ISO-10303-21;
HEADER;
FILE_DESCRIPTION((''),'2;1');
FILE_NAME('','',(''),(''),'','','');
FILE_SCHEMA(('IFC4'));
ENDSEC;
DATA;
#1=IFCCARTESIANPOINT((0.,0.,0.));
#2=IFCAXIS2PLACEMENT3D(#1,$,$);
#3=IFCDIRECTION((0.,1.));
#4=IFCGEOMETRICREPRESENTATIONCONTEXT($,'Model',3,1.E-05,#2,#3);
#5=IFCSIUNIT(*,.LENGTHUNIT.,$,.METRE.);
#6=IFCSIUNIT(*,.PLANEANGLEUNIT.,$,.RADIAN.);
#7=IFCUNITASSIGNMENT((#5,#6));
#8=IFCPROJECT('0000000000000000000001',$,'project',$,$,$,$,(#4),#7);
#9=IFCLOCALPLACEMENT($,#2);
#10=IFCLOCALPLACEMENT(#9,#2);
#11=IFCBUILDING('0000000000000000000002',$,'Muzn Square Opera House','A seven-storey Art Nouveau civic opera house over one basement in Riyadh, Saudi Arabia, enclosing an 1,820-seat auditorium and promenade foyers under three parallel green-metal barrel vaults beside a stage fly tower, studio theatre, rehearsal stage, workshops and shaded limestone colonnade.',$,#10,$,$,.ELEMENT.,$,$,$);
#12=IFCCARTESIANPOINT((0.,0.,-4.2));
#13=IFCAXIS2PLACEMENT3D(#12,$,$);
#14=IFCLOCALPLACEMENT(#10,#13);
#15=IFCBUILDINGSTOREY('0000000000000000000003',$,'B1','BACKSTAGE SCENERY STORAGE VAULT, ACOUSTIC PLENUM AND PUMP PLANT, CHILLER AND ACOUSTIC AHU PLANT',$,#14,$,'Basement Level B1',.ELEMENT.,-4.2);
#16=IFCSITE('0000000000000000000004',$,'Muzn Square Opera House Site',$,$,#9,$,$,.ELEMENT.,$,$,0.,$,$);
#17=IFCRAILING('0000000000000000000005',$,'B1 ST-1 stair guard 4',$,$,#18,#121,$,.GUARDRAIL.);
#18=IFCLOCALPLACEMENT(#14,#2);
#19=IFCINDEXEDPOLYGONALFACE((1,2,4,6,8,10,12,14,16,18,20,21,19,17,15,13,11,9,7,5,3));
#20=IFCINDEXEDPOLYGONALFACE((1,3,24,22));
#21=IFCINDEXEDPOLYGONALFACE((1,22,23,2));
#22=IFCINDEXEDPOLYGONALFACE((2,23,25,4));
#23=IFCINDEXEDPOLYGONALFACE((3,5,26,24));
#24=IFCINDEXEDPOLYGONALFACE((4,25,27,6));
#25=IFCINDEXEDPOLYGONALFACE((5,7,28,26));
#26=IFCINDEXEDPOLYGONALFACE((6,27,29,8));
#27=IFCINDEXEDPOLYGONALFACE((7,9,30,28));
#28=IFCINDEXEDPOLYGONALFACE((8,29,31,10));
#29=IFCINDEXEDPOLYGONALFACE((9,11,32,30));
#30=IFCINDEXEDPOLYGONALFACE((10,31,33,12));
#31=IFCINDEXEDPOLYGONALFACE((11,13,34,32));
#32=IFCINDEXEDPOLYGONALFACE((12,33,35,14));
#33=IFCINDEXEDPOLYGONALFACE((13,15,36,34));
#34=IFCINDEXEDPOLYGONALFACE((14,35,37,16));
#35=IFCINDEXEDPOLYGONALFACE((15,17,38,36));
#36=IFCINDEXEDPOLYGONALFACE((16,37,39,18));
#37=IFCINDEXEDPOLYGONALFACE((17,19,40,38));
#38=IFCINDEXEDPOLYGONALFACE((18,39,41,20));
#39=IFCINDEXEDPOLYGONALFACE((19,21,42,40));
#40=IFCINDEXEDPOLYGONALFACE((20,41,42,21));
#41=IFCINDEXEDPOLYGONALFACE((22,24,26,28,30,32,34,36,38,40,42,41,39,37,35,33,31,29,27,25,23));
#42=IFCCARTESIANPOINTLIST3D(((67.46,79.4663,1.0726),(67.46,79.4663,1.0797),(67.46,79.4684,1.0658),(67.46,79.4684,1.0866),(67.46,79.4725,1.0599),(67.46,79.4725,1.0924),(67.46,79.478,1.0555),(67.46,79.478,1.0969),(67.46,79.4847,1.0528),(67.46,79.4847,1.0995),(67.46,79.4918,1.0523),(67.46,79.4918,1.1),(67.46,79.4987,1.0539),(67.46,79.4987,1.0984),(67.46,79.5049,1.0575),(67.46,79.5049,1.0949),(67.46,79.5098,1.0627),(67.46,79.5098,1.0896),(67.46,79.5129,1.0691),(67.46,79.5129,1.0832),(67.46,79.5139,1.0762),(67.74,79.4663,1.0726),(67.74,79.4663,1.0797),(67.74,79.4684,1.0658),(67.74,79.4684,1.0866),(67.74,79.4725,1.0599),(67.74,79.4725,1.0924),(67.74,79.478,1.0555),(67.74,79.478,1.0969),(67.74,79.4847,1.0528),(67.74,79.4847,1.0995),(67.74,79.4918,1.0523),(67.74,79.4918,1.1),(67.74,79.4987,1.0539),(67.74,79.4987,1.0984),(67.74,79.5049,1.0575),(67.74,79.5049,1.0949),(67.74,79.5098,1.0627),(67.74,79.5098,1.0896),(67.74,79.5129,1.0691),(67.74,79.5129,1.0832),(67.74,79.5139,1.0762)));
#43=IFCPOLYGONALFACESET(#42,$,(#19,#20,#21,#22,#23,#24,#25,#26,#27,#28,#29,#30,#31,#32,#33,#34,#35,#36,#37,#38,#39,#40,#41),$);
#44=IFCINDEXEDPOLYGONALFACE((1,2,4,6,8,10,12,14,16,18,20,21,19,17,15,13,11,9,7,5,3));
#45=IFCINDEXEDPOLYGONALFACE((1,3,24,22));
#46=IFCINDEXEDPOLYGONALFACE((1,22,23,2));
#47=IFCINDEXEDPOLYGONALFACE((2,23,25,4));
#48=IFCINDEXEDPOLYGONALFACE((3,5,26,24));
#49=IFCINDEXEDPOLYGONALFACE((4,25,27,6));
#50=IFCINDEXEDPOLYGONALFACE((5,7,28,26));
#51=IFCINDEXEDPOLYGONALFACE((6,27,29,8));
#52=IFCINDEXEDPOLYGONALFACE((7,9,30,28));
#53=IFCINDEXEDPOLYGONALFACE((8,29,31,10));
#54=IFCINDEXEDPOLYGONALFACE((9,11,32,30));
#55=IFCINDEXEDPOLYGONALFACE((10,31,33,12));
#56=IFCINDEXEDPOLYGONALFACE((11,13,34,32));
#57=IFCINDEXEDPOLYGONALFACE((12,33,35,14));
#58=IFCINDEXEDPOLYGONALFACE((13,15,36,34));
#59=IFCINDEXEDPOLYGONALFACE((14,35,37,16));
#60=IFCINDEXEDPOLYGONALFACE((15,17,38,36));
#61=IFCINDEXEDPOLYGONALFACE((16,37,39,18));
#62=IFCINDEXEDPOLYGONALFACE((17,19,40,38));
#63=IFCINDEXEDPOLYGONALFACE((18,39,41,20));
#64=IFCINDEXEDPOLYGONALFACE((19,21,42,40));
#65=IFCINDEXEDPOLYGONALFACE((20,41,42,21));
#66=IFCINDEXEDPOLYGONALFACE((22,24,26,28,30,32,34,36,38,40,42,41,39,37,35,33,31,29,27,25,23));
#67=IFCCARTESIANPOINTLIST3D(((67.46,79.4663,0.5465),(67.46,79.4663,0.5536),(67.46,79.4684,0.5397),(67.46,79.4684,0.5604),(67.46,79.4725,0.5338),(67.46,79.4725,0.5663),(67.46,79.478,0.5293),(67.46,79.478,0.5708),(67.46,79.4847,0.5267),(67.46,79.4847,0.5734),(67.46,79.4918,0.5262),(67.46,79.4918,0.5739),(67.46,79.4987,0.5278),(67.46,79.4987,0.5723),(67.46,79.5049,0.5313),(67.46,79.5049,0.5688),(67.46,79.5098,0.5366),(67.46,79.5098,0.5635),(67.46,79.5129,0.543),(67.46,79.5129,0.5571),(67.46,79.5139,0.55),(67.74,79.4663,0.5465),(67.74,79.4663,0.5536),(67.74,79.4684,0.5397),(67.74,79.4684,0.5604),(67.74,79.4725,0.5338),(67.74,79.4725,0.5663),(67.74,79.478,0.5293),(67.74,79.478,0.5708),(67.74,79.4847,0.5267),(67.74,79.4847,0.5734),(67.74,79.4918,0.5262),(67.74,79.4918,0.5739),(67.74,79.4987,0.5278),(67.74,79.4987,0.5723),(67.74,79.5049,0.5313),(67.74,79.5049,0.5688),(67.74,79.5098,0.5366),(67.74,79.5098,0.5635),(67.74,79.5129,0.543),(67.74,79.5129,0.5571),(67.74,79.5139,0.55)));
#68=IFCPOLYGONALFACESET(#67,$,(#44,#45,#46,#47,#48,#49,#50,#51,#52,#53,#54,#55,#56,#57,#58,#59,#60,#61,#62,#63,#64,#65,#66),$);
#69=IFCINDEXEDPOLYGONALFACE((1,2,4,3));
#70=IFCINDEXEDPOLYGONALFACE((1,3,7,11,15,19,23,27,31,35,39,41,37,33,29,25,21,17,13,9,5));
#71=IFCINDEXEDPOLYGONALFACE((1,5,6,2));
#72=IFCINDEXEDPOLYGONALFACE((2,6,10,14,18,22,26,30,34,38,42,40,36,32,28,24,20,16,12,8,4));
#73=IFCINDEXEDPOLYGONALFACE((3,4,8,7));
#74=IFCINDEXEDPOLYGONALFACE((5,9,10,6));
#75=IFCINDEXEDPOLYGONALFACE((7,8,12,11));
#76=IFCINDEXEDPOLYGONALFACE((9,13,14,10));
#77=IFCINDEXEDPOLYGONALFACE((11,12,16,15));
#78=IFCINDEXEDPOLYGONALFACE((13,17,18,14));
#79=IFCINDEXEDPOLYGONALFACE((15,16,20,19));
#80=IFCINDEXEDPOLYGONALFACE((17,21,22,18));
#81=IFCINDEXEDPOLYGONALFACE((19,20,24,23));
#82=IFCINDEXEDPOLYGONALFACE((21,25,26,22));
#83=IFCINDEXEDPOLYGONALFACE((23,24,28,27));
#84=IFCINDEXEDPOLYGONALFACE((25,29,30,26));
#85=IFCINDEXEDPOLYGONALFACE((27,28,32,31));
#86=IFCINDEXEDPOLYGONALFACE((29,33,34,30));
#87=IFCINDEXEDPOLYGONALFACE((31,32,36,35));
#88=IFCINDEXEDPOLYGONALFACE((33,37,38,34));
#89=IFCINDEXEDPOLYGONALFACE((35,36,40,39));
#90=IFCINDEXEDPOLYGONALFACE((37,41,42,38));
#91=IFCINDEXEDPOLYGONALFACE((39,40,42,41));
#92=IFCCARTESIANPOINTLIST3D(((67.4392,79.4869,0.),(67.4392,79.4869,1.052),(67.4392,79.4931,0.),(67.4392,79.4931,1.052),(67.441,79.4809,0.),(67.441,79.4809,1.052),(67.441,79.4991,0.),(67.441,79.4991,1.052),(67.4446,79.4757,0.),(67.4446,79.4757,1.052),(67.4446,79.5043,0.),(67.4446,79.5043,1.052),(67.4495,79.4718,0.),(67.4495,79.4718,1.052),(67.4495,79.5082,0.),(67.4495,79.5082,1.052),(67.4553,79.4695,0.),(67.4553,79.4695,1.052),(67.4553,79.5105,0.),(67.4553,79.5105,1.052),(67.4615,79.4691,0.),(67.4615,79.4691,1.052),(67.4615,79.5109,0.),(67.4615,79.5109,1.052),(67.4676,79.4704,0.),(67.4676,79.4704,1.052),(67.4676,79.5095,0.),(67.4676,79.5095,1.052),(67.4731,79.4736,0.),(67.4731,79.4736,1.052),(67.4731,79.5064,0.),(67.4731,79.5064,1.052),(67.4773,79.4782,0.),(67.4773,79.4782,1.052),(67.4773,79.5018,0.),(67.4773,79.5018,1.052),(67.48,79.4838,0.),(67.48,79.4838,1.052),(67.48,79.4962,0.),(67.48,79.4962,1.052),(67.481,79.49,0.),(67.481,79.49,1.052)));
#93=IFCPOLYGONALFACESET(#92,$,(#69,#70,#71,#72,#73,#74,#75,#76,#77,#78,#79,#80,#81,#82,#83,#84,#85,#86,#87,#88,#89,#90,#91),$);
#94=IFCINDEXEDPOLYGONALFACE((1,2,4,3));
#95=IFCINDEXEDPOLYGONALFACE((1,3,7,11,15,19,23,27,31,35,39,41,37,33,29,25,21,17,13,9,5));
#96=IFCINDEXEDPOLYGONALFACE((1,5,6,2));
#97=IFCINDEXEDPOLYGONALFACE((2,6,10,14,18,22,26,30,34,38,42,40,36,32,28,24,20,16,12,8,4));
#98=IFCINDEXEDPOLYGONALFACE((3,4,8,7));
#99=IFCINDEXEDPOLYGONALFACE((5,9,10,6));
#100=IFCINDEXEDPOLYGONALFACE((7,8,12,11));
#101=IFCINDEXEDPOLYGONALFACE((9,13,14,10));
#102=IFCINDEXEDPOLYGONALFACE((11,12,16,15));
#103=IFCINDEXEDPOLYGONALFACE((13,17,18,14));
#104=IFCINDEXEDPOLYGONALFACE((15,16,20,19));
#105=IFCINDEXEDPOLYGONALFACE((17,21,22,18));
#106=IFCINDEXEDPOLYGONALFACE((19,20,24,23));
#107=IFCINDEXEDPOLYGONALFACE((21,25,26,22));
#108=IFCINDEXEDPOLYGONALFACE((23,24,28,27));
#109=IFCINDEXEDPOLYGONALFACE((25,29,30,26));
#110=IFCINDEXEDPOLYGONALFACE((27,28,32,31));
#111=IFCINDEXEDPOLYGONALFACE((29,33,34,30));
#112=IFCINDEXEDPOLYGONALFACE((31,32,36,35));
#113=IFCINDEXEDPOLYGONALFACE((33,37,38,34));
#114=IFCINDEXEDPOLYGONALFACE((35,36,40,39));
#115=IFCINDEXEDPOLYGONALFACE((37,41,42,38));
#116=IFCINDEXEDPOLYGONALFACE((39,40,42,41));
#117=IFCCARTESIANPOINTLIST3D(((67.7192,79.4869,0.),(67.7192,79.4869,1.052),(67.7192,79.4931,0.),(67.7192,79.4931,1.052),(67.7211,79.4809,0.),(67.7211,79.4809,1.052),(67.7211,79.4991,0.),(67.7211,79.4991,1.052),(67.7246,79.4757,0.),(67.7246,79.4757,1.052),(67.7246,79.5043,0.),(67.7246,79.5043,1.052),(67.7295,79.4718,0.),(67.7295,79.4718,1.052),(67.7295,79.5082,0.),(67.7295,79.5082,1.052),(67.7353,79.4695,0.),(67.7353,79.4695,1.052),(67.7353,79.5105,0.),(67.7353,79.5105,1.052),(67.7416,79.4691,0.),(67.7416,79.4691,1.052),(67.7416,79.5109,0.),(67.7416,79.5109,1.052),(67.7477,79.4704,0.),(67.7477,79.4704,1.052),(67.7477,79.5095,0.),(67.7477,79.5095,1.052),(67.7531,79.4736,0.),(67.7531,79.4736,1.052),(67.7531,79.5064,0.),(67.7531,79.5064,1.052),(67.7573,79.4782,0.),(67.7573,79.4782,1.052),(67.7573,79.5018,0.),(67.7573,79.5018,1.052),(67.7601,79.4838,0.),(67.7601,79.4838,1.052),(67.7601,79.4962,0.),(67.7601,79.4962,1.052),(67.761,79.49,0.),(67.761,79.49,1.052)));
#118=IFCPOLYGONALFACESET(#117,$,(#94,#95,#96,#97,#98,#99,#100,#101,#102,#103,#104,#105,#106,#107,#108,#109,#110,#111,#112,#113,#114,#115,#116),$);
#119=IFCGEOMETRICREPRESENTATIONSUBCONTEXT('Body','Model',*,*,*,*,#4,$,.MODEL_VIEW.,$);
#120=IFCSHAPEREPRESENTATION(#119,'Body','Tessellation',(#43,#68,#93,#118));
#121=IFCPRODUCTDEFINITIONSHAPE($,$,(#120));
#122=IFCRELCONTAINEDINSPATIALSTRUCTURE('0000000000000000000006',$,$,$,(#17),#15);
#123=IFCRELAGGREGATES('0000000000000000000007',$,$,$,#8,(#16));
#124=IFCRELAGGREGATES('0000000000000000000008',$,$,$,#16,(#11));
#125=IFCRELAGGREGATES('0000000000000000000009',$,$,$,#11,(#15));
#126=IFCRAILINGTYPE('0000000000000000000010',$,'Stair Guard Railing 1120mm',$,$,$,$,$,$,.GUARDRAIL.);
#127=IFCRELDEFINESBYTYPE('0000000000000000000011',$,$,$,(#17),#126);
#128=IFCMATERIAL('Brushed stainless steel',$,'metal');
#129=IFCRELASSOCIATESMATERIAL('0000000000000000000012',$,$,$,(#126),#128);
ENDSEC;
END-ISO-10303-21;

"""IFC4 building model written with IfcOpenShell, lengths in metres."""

from ifc_helpers import new_model, si_unit, direction, frame, origin, origin_2d, place, context, subcontext, project, spatial, circle, extrude, material, type_object, element, save


model = new_model("IFC4")

# Units and contexts
model_context = context("Model", 3, precision=1e-05, world=origin(), true_north=direction((0.0, 1.0)))
body_context = subcontext(model_context, "Body", "Model", "MODEL_VIEW")
ifc_project = project(units=[si_unit("LENGTHUNIT", "METRE"), si_unit("PLANEANGLEUNIT", "RADIAN")], contexts=[model_context])

# Site, building, storey
site_placement = place(None, origin())
site = spatial("IfcSite", under=ifc_project, at=site_placement, Name="Muzn Square Opera House Site", CompositionType="ELEMENT", RefElevation=0.0)
building_placement = place(site_placement, origin())
building = spatial("IfcBuilding", under=site, at=building_placement, Name="Muzn Square Opera House", Description="A seven-storey Art Nouveau civic opera house over one basement in Riyadh, Saudi Arabia, enclosing an 1,820-seat auditorium and promenade foyers under three parallel green-metal barrel vaults beside a stage fly tower, studio theatre, rehearsal stage, workshops and shaded limestone colonnade.", CompositionType="ELEMENT")
storey_placement = place(building_placement, frame((0.0, 0.0, -4.2)))
storey = spatial("IfcBuildingStorey", under=building, at=storey_placement, Name="B1", Description="BACKSTAGE SCENERY STORAGE VAULT, ACOUSTIC PLENUM AND PUMP PLANT, CHILLER AND ACOUSTIC AHU PLANT", LongName="Basement Level B1", CompositionType="ELEMENT", Elevation=-4.2)

# Shared definitions
ifc_material_1 = material(Name="Brushed stainless steel", Category="metal")

# Railing
railing_type_1 = type_object("IfcRailingType", Name="Stair Guard Railing 1120mm", PredefinedType="GUARDRAIL", material=ifc_material_1)
railing_1_placement = place(storey_placement, frame((67.46, 79.49, 0.0)))
element("IfcRailing", 1, at=railing_1_placement, inside=storey, type_object=railing_type_1, Name="B1 ST-1 stair guard 4", PredefinedType="GUARDRAIL", context=body_context, shape_type="SweptSolid", body=[
    extrude(circle(Radius=0.0239, at=origin_2d()), frame((0.0, 0.0, 1.0762), z_axis=(1.0, 0.0, 0.0), x_axis=(0.0, 1.0, 0.0)), (0.0, 0.0, 1.0), 0.28),
    extrude(circle(Radius=0.0239, at=origin_2d()), frame((0.0, 0.0, 0.55), z_axis=(1.0, 0.0, 0.0), x_axis=(0.0, 1.0, 0.0)), (0.0, 0.0, 1.0), 0.28),
    extrude(circle(Radius=0.021, at=origin_2d()), origin(), (0.0, 0.0, 1.0), 1.052),
    extrude(circle(Radius=0.021, at=origin_2d()), frame((0.28, 0.0, 0.0)), (0.0, 0.0, 1.0), 1.052),
])

save(model, "model.ifc")
